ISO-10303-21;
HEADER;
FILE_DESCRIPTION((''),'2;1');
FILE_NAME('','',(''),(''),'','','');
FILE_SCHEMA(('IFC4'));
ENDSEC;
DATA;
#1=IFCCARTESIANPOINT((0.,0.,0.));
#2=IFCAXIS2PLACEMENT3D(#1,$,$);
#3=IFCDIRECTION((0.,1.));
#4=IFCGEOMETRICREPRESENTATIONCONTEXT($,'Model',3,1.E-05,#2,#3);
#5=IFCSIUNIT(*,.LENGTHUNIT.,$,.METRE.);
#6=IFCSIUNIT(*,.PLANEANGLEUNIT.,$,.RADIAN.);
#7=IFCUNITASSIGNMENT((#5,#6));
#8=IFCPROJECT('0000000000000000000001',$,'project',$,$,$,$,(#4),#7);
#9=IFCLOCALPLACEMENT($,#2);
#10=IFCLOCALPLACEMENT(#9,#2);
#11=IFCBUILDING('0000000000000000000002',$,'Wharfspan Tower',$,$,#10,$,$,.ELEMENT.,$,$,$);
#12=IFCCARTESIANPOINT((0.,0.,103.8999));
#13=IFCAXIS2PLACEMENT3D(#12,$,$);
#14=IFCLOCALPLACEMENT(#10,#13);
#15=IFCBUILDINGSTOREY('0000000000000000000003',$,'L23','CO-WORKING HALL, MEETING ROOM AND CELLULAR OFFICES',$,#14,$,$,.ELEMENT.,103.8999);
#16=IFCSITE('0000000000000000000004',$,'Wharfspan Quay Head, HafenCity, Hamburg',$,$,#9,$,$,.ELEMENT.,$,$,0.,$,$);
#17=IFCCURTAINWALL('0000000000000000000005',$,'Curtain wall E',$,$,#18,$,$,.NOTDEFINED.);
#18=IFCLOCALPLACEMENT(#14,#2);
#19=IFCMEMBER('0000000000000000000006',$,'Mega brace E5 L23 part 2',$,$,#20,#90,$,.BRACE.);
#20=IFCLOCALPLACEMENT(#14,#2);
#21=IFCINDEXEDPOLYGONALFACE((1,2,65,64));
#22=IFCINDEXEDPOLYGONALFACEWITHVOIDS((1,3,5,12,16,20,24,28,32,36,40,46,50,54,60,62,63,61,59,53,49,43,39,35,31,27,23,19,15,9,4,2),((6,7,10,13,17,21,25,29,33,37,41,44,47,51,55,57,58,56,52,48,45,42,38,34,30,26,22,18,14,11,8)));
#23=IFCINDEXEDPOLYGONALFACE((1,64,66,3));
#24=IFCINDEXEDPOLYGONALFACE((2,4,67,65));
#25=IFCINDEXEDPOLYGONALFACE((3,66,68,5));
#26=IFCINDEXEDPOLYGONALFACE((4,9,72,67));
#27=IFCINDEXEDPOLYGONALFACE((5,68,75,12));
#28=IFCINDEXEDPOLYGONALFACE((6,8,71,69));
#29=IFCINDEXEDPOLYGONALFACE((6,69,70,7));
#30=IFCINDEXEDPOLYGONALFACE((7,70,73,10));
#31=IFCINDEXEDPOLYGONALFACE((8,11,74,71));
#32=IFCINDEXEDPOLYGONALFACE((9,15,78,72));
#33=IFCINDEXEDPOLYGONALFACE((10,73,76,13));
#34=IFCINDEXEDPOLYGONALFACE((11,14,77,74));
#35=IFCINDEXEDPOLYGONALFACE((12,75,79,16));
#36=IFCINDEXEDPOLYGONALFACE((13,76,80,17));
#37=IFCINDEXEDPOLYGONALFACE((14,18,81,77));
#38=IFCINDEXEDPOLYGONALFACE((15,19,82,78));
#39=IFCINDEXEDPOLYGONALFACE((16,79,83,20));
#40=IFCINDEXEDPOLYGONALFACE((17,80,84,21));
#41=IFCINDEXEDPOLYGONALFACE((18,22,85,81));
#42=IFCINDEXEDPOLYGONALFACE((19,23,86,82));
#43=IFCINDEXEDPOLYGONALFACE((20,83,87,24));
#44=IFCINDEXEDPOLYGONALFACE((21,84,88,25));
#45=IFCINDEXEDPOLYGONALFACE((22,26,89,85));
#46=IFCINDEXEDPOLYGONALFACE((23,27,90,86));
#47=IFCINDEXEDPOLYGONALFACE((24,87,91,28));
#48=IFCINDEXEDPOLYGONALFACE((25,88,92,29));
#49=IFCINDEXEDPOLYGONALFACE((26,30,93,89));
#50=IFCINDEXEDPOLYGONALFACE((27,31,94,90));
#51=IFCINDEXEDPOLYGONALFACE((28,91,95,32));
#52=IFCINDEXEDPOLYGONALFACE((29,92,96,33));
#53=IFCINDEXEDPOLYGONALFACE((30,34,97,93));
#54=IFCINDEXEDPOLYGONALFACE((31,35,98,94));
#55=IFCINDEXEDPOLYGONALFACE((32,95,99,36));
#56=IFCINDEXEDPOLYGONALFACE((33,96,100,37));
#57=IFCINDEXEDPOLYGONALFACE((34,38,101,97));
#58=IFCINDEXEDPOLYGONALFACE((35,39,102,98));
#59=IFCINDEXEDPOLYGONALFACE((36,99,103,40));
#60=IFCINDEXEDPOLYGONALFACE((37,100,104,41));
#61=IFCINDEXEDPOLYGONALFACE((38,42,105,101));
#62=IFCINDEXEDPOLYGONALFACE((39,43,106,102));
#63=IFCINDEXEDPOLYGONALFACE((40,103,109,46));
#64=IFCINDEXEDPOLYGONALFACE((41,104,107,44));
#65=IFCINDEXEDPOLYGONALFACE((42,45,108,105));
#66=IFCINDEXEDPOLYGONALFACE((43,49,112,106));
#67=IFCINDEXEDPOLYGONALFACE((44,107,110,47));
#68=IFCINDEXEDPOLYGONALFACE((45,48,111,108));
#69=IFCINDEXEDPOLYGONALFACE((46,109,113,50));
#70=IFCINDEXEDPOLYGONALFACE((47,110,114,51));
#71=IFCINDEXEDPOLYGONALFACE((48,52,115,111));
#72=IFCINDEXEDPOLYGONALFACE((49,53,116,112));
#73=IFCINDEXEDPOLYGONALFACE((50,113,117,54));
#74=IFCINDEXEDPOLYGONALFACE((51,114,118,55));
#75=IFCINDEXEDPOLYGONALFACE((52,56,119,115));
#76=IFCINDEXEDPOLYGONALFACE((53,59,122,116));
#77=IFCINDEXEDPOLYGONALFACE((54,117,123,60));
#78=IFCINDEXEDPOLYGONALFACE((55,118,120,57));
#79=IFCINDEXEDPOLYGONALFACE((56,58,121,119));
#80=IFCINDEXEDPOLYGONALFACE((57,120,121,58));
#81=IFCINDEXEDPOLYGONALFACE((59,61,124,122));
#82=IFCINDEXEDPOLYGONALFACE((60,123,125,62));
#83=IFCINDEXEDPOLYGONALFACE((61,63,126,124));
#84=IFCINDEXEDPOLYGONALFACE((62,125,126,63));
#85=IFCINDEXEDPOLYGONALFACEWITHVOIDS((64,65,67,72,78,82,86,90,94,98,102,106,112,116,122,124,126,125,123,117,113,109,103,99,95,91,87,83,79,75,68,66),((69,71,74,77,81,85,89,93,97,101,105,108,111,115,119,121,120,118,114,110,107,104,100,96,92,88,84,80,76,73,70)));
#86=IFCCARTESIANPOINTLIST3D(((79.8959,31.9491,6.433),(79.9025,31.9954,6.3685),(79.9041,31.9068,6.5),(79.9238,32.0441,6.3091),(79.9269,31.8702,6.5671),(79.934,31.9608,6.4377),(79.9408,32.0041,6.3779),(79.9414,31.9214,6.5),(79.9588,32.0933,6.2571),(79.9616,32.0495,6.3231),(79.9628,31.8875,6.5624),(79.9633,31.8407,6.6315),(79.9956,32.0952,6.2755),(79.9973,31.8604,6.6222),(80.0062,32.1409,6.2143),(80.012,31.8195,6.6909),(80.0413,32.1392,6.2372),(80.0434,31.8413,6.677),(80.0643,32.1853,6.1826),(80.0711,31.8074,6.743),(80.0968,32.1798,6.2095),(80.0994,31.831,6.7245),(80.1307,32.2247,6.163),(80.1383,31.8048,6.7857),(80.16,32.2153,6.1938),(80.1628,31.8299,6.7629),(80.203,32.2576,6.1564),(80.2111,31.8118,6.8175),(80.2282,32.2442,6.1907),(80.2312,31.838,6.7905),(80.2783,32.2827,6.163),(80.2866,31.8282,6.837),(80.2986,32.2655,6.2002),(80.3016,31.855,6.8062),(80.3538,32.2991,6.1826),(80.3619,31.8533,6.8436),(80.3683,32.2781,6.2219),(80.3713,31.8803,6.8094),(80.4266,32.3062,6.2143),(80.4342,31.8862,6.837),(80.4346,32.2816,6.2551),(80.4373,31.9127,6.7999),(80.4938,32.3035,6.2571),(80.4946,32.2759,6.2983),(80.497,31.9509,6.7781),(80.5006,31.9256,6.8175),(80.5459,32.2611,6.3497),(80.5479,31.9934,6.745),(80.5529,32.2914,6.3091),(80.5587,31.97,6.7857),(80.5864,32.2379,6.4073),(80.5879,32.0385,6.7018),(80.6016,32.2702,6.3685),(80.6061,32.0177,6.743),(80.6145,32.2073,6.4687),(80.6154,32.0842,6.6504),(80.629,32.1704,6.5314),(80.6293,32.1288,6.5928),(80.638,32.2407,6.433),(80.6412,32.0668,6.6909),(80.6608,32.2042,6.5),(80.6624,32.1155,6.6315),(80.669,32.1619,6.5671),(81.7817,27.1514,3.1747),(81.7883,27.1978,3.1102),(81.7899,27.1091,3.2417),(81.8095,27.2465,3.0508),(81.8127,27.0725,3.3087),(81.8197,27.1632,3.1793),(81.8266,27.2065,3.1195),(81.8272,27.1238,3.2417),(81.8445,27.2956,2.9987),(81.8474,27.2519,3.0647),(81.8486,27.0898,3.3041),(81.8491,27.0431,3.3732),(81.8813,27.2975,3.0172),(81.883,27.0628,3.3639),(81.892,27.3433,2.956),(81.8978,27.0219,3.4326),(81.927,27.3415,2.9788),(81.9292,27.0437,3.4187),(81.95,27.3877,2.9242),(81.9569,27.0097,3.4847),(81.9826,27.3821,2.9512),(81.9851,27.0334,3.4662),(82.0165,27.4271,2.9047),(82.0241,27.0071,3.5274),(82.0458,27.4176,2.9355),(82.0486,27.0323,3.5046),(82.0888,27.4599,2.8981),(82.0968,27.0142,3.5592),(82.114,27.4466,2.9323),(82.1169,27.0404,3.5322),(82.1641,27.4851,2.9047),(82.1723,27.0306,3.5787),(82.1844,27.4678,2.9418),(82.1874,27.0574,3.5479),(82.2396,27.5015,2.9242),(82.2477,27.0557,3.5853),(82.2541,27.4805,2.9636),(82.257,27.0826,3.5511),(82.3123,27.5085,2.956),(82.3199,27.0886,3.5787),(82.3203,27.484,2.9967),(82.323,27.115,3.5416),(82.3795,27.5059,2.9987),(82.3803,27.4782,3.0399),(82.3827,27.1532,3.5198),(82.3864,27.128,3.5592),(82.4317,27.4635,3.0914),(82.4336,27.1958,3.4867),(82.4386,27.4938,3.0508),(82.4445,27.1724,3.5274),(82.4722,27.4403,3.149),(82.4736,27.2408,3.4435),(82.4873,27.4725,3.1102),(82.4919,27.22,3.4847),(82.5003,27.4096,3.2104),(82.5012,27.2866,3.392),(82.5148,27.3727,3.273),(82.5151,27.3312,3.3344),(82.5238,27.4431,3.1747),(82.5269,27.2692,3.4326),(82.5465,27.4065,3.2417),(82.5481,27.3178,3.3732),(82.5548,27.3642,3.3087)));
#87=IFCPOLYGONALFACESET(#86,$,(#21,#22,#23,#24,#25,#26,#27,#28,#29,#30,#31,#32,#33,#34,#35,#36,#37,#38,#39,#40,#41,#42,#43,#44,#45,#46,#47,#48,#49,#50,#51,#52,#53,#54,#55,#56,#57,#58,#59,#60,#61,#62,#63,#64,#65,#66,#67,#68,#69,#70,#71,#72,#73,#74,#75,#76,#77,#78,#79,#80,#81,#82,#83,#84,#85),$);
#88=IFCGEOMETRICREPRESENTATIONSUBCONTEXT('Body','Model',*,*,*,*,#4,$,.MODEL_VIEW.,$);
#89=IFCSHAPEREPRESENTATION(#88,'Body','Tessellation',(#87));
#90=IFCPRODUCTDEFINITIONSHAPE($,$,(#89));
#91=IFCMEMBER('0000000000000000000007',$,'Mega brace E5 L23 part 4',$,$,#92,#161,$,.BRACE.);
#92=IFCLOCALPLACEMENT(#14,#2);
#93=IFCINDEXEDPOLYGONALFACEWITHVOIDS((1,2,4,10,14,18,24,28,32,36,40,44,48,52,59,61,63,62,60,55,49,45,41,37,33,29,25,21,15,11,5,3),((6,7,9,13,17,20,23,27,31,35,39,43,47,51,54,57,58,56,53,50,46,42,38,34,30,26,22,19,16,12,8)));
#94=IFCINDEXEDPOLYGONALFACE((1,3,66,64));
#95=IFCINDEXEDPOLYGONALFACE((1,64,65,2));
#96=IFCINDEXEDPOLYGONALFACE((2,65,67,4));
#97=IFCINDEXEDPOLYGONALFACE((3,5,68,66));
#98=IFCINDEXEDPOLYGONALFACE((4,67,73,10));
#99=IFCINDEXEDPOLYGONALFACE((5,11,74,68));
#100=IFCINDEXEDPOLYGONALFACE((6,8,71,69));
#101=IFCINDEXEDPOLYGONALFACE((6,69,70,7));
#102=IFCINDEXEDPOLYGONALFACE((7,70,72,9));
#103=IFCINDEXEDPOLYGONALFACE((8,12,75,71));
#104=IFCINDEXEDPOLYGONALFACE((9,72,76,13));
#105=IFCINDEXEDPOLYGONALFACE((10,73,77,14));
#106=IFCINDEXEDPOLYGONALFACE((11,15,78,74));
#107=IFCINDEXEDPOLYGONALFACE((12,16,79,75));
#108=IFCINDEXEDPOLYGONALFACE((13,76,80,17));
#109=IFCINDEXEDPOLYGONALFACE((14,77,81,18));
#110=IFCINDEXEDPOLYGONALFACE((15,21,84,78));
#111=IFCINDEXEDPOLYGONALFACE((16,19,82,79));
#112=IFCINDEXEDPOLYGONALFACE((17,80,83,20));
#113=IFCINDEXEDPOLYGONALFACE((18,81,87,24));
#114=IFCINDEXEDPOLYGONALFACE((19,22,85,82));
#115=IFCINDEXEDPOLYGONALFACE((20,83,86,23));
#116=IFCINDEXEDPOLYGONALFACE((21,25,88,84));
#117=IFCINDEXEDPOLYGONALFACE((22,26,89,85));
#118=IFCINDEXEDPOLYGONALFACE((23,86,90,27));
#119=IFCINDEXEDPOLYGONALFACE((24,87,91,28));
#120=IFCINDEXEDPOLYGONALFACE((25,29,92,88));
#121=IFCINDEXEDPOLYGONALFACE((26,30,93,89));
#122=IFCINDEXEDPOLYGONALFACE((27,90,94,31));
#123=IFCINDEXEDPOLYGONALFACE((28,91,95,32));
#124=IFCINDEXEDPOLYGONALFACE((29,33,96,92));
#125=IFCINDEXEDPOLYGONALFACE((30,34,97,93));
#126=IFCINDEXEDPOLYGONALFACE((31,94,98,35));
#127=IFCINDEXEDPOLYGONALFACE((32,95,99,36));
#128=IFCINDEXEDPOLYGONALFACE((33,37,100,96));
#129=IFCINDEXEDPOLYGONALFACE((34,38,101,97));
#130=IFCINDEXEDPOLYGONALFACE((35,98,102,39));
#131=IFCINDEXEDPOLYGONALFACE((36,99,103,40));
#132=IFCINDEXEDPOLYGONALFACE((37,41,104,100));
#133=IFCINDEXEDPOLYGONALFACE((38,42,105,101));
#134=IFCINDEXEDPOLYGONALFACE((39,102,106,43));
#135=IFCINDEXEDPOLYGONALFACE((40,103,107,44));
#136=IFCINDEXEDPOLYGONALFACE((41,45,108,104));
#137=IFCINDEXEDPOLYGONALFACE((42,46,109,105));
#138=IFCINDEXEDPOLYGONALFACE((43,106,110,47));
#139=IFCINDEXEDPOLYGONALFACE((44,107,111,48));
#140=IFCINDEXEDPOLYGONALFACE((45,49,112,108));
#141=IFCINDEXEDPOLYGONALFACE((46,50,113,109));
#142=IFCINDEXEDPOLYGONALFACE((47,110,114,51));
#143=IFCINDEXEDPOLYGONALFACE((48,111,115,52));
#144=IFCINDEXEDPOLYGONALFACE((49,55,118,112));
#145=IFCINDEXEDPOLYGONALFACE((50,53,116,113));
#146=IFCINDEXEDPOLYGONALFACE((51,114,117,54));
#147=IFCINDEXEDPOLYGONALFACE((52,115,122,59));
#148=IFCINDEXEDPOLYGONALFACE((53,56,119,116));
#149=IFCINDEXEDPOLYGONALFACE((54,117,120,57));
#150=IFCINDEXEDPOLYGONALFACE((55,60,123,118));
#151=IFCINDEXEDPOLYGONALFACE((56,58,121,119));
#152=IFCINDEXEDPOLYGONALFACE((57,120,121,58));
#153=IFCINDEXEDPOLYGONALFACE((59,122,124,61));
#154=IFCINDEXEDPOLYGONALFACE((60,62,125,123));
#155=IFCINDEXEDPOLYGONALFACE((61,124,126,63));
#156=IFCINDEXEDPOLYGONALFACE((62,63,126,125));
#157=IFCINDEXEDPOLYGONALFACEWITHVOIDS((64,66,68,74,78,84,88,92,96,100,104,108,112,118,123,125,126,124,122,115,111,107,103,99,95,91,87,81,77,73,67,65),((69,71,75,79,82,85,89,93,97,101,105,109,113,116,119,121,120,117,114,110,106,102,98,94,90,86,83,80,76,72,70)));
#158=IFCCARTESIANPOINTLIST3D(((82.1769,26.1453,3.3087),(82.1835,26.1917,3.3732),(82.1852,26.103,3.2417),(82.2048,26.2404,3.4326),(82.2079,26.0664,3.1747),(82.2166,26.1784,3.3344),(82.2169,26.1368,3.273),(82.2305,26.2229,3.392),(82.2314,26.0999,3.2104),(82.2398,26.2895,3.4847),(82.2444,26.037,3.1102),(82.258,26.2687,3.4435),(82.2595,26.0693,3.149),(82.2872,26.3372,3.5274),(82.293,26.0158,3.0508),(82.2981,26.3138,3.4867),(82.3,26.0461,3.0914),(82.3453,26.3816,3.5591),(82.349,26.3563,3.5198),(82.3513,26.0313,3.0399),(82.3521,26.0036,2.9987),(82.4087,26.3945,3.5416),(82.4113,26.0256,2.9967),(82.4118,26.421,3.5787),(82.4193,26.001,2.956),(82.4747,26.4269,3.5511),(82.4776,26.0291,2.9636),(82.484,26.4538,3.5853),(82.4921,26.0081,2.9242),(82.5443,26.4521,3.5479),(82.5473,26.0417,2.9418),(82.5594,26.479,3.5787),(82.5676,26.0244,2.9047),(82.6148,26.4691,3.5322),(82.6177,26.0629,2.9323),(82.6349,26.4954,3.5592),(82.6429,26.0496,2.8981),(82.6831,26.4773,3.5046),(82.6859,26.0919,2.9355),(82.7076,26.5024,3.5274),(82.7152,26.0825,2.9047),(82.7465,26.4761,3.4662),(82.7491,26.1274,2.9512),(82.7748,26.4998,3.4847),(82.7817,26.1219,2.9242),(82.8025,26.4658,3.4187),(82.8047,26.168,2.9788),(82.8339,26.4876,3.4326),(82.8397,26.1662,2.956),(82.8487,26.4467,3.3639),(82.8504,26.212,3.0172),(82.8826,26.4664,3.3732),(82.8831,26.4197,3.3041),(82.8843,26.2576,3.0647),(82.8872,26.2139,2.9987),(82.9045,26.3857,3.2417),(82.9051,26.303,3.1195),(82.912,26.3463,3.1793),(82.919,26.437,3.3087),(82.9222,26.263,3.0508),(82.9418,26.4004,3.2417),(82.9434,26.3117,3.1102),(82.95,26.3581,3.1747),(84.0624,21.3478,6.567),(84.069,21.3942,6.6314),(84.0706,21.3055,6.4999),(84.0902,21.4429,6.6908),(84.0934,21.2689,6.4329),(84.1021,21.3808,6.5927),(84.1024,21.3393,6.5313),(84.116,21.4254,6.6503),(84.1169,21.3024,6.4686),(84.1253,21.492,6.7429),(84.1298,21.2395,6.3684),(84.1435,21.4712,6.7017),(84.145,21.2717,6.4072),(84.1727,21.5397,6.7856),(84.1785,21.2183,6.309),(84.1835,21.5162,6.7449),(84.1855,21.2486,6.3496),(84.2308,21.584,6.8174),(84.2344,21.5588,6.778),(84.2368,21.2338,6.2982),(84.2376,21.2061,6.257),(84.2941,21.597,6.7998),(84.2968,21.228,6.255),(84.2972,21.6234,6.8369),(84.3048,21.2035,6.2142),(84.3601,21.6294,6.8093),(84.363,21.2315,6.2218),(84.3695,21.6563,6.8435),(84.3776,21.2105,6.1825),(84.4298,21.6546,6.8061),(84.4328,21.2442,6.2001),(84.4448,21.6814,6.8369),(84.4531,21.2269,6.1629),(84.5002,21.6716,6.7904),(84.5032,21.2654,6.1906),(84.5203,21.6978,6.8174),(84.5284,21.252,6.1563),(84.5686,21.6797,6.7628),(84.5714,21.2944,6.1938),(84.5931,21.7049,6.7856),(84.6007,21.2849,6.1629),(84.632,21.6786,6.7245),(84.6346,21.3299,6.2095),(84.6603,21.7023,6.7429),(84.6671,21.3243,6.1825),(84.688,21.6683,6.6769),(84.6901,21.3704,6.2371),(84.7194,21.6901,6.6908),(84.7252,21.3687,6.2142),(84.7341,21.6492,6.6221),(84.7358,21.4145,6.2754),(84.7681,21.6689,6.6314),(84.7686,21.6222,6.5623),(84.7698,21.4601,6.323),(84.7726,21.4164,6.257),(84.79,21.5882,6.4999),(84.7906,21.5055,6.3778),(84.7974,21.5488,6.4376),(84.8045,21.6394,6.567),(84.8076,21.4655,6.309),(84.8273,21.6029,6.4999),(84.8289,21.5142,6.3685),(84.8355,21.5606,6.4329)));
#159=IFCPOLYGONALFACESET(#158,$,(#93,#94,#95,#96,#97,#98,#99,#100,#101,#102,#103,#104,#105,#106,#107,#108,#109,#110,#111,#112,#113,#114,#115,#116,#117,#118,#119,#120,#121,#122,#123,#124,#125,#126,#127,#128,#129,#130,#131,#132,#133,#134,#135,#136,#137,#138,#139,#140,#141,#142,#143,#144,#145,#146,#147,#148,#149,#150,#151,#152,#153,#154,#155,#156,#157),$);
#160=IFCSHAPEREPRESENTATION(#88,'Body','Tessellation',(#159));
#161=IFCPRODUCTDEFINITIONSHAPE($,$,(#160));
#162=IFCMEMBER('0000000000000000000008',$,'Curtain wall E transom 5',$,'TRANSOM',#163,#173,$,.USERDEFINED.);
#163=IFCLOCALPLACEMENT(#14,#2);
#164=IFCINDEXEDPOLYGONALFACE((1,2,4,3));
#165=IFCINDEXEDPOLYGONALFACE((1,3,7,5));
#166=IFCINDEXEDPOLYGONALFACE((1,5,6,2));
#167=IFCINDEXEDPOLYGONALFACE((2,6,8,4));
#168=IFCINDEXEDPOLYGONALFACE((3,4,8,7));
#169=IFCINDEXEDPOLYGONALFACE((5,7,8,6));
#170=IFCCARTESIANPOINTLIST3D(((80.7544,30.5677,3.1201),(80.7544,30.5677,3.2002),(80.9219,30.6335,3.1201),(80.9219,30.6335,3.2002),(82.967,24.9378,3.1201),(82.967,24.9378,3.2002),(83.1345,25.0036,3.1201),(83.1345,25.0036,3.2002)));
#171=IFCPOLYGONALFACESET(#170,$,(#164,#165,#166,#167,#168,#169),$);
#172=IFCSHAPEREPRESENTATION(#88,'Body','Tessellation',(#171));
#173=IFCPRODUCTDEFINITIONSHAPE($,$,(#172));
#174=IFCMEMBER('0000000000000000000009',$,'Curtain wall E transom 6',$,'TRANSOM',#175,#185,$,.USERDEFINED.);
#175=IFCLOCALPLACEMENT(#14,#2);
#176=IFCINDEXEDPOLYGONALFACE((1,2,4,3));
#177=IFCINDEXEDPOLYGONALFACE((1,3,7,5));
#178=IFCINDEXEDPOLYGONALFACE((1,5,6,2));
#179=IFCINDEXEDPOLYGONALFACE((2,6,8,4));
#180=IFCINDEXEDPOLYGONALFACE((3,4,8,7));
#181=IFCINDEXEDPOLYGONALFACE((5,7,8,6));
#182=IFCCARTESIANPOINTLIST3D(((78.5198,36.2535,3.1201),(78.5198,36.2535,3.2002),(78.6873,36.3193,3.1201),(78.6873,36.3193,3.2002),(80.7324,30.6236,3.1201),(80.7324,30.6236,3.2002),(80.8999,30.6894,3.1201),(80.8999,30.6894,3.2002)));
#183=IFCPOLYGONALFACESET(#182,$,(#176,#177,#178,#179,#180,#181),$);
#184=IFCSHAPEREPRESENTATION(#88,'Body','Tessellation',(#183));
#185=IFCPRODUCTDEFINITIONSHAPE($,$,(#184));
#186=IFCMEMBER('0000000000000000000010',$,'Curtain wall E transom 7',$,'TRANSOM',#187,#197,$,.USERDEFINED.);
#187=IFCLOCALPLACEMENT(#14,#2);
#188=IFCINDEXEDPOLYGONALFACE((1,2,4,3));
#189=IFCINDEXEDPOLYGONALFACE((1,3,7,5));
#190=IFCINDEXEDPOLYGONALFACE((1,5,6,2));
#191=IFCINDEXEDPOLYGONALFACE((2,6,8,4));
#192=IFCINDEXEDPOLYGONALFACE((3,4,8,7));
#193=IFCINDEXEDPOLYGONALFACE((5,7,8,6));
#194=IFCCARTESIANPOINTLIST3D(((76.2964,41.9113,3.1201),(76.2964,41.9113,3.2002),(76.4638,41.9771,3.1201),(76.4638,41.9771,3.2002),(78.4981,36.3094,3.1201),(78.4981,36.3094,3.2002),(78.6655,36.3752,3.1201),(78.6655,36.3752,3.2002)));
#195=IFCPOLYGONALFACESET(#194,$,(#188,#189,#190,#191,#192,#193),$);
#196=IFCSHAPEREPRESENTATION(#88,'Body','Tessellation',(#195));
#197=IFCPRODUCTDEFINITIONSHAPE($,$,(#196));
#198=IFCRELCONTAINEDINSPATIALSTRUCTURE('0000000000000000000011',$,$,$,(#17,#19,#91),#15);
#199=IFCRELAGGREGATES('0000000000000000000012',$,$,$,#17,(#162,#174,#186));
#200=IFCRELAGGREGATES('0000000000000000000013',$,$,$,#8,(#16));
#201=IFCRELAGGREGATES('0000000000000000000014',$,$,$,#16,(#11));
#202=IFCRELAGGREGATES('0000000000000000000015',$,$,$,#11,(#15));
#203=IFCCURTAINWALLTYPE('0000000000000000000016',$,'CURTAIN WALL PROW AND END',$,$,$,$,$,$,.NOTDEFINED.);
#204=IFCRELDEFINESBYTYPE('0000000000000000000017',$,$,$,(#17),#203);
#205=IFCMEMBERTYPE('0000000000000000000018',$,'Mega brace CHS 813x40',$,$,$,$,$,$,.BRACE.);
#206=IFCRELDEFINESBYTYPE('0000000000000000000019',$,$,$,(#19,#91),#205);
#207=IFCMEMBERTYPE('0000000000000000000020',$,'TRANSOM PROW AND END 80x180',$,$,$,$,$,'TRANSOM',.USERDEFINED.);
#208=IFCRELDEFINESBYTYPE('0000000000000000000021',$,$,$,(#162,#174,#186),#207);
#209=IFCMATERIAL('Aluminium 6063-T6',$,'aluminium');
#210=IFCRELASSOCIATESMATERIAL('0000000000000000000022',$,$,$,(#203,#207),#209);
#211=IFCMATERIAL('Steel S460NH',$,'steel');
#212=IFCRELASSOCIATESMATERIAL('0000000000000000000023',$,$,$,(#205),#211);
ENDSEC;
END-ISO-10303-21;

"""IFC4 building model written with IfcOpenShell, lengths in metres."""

from ifc_helpers import new_model, si_unit, direction, frame, origin, origin_2d, place, context, subcontext, project, spatial, rectangle, hollow_circle, extrude, material, material_profile, profile_set, type_object, element, aggregate, save


model = new_model("IFC4")

# Units and contexts
model_context = context("Model", 3, precision=1e-05, world=origin(), true_north=direction((0.0, 1.0)))
body_context = subcontext(model_context, "Body", "Model", "MODEL_VIEW")
ifc_project = project(units=[si_unit("LENGTHUNIT", "METRE"), si_unit("PLANEANGLEUNIT", "RADIAN")], contexts=[model_context])

# Site, building, storey
site_placement = place(None, origin())
site = spatial("IfcSite", under=ifc_project, at=site_placement, Name="Wharfspan Quay Head, HafenCity, Hamburg", CompositionType="ELEMENT", RefElevation=0.0)
building_placement = place(site_placement, origin())
building = spatial("IfcBuilding", under=site, at=building_placement, Name="Wharfspan Tower", CompositionType="ELEMENT")
storey_placement = place(building_placement, frame((0.0, 0.0, 103.8999)))
storey = spatial("IfcBuildingStorey", under=building, at=storey_placement, Name="L23", Description="CO-WORKING HALL, MEETING ROOM AND CELLULAR OFFICES", CompositionType="ELEMENT", Elevation=103.8999)

# Curtain wall
ifc_material_1 = material(Name="Aluminium 6063-T6", Category="aluminium")
curtain_wall_type = type_object("IfcCurtainWallType", Name="CURTAIN WALL PROW AND END", PredefinedType="NOTDEFINED", material=ifc_material_1)
curtain_wall_1_placement = place(storey_placement, origin())
curtain_wall_1 = element("IfcCurtainWall", 1, at=curtain_wall_1_placement, inside=storey, type_object=curtain_wall_type, Name="Curtain wall E", PredefinedType="NOTDEFINED")

# Members
ifc_material_2 = material(Name="Steel S460NH", Category="steel")
ifc_material_profile_1 = material_profile(ifc_material_2, hollow_circle(Radius=0.4065, WallThickness=0.04, at=origin_2d()))
ifc_profile_set_1 = profile_set([ifc_material_profile_1], Name="Steel S460NH")
member_type_1 = type_object("IfcMemberType", Name="Mega brace CHS 813x40", PredefinedType="BRACE", material=ifc_profile_set_1)
member_1_placement = place(storey_placement, frame((82.1682, 27.2578, 3.2417), z_axis=(-0.309223, 0.786709, 0.534294), x_axis=(-0.930685, -0.365812, -0.000003)))
element("IfcMember", 2, at=member_1_placement, inside=storey, type_object=member_type_1, Name="Mega brace E5 L23 part 2", PredefinedType="BRACE", context=body_context, shape_type="SweptSolid", body=[
    extrude(hollow_circle(Radius=0.4065, WallThickness=0.04, at=origin_2d()), origin(), (0.0, 0.0, 1.0), 6.0984),
])
member_2_placement = place(storey_placement, frame((82.5635, 26.2517, 3.2417), z_axis=(0.309187, -0.786719, 0.534301), x_axis=(0.930704, 0.365777, 0.000004)))
element("IfcMember", 3, at=member_2_placement, inside=storey, type_object=member_type_1, Name="Mega brace E5 L23 part 4", PredefinedType="BRACE", context=body_context, shape_type="SweptSolid", body=[
    extrude(hollow_circle(Radius=0.4065, WallThickness=0.04, at=origin_2d()), origin(), (0.0, 0.0, 1.0), 6.0981),
])

# Members
ifc_material_profile_2 = material_profile(ifc_material_1, rectangle(XDim=0.1799, YDim=0.0801, at=origin_2d()))
ifc_profile_set_2 = profile_set([ifc_material_profile_2], Name="Aluminium 6063-T6")
member_type_2 = type_object("IfcMemberType", Name="TRANSOM PROW AND END 80x180", ElementType="TRANSOM", PredefinedType="USERDEFINED", material=ifc_profile_set_2)
member_3_placement = place(storey_placement, frame((83.0508, 24.9707, 3.1602), z_axis=(-0.365782, 0.9307, 0.0), x_axis=(-0.9307, -0.365782, 0.0)))
member_3 = element("IfcMember", 4, at=member_3_placement, type_object=member_type_2, Name="Curtain wall E transom 5", ObjectType="TRANSOM", PredefinedType="USERDEFINED", context=body_context, shape_type="SweptSolid", body=[
    extrude(rectangle(XDim=0.1799, YDim=0.0801, at=origin_2d()), origin(), (0.0, 0.0, 1.0), 6.0491),
])
member_4_placement = place(storey_placement, frame((80.8162, 30.6565, 3.1602), z_axis=(-0.365782, 0.9307, 0.0), x_axis=(-0.9307, -0.365782, 0.0)))
member_4 = element("IfcMember", 5, at=member_4_placement, type_object=member_type_2, Name="Curtain wall E transom 6", ObjectType="TRANSOM", PredefinedType="USERDEFINED", context=body_context, shape_type="SweptSolid", body=[
    extrude(rectangle(XDim=0.1799, YDim=0.0801, at=origin_2d()), origin(), (0.0, 0.0, 1.0), 6.0491),
])
member_5_placement = place(storey_placement, frame((78.5818, 36.3423, 3.1602), z_axis=(-0.365789, 0.930698, 0.0), x_axis=(-0.930698, -0.365789, 0.0)))
member_5 = element("IfcMember", 6, at=member_5_placement, type_object=member_type_2, Name="Curtain wall E transom 7", ObjectType="TRANSOM", PredefinedType="USERDEFINED", context=body_context, shape_type="SweptSolid", body=[
    extrude(rectangle(XDim=0.1799, YDim=0.0801, at=origin_2d()), origin(), (0.0, 0.0, 1.0), 6.019),
])

aggregate(curtain_wall_1, [member_3, member_4, member_5])

save(model, "model.ifc")
